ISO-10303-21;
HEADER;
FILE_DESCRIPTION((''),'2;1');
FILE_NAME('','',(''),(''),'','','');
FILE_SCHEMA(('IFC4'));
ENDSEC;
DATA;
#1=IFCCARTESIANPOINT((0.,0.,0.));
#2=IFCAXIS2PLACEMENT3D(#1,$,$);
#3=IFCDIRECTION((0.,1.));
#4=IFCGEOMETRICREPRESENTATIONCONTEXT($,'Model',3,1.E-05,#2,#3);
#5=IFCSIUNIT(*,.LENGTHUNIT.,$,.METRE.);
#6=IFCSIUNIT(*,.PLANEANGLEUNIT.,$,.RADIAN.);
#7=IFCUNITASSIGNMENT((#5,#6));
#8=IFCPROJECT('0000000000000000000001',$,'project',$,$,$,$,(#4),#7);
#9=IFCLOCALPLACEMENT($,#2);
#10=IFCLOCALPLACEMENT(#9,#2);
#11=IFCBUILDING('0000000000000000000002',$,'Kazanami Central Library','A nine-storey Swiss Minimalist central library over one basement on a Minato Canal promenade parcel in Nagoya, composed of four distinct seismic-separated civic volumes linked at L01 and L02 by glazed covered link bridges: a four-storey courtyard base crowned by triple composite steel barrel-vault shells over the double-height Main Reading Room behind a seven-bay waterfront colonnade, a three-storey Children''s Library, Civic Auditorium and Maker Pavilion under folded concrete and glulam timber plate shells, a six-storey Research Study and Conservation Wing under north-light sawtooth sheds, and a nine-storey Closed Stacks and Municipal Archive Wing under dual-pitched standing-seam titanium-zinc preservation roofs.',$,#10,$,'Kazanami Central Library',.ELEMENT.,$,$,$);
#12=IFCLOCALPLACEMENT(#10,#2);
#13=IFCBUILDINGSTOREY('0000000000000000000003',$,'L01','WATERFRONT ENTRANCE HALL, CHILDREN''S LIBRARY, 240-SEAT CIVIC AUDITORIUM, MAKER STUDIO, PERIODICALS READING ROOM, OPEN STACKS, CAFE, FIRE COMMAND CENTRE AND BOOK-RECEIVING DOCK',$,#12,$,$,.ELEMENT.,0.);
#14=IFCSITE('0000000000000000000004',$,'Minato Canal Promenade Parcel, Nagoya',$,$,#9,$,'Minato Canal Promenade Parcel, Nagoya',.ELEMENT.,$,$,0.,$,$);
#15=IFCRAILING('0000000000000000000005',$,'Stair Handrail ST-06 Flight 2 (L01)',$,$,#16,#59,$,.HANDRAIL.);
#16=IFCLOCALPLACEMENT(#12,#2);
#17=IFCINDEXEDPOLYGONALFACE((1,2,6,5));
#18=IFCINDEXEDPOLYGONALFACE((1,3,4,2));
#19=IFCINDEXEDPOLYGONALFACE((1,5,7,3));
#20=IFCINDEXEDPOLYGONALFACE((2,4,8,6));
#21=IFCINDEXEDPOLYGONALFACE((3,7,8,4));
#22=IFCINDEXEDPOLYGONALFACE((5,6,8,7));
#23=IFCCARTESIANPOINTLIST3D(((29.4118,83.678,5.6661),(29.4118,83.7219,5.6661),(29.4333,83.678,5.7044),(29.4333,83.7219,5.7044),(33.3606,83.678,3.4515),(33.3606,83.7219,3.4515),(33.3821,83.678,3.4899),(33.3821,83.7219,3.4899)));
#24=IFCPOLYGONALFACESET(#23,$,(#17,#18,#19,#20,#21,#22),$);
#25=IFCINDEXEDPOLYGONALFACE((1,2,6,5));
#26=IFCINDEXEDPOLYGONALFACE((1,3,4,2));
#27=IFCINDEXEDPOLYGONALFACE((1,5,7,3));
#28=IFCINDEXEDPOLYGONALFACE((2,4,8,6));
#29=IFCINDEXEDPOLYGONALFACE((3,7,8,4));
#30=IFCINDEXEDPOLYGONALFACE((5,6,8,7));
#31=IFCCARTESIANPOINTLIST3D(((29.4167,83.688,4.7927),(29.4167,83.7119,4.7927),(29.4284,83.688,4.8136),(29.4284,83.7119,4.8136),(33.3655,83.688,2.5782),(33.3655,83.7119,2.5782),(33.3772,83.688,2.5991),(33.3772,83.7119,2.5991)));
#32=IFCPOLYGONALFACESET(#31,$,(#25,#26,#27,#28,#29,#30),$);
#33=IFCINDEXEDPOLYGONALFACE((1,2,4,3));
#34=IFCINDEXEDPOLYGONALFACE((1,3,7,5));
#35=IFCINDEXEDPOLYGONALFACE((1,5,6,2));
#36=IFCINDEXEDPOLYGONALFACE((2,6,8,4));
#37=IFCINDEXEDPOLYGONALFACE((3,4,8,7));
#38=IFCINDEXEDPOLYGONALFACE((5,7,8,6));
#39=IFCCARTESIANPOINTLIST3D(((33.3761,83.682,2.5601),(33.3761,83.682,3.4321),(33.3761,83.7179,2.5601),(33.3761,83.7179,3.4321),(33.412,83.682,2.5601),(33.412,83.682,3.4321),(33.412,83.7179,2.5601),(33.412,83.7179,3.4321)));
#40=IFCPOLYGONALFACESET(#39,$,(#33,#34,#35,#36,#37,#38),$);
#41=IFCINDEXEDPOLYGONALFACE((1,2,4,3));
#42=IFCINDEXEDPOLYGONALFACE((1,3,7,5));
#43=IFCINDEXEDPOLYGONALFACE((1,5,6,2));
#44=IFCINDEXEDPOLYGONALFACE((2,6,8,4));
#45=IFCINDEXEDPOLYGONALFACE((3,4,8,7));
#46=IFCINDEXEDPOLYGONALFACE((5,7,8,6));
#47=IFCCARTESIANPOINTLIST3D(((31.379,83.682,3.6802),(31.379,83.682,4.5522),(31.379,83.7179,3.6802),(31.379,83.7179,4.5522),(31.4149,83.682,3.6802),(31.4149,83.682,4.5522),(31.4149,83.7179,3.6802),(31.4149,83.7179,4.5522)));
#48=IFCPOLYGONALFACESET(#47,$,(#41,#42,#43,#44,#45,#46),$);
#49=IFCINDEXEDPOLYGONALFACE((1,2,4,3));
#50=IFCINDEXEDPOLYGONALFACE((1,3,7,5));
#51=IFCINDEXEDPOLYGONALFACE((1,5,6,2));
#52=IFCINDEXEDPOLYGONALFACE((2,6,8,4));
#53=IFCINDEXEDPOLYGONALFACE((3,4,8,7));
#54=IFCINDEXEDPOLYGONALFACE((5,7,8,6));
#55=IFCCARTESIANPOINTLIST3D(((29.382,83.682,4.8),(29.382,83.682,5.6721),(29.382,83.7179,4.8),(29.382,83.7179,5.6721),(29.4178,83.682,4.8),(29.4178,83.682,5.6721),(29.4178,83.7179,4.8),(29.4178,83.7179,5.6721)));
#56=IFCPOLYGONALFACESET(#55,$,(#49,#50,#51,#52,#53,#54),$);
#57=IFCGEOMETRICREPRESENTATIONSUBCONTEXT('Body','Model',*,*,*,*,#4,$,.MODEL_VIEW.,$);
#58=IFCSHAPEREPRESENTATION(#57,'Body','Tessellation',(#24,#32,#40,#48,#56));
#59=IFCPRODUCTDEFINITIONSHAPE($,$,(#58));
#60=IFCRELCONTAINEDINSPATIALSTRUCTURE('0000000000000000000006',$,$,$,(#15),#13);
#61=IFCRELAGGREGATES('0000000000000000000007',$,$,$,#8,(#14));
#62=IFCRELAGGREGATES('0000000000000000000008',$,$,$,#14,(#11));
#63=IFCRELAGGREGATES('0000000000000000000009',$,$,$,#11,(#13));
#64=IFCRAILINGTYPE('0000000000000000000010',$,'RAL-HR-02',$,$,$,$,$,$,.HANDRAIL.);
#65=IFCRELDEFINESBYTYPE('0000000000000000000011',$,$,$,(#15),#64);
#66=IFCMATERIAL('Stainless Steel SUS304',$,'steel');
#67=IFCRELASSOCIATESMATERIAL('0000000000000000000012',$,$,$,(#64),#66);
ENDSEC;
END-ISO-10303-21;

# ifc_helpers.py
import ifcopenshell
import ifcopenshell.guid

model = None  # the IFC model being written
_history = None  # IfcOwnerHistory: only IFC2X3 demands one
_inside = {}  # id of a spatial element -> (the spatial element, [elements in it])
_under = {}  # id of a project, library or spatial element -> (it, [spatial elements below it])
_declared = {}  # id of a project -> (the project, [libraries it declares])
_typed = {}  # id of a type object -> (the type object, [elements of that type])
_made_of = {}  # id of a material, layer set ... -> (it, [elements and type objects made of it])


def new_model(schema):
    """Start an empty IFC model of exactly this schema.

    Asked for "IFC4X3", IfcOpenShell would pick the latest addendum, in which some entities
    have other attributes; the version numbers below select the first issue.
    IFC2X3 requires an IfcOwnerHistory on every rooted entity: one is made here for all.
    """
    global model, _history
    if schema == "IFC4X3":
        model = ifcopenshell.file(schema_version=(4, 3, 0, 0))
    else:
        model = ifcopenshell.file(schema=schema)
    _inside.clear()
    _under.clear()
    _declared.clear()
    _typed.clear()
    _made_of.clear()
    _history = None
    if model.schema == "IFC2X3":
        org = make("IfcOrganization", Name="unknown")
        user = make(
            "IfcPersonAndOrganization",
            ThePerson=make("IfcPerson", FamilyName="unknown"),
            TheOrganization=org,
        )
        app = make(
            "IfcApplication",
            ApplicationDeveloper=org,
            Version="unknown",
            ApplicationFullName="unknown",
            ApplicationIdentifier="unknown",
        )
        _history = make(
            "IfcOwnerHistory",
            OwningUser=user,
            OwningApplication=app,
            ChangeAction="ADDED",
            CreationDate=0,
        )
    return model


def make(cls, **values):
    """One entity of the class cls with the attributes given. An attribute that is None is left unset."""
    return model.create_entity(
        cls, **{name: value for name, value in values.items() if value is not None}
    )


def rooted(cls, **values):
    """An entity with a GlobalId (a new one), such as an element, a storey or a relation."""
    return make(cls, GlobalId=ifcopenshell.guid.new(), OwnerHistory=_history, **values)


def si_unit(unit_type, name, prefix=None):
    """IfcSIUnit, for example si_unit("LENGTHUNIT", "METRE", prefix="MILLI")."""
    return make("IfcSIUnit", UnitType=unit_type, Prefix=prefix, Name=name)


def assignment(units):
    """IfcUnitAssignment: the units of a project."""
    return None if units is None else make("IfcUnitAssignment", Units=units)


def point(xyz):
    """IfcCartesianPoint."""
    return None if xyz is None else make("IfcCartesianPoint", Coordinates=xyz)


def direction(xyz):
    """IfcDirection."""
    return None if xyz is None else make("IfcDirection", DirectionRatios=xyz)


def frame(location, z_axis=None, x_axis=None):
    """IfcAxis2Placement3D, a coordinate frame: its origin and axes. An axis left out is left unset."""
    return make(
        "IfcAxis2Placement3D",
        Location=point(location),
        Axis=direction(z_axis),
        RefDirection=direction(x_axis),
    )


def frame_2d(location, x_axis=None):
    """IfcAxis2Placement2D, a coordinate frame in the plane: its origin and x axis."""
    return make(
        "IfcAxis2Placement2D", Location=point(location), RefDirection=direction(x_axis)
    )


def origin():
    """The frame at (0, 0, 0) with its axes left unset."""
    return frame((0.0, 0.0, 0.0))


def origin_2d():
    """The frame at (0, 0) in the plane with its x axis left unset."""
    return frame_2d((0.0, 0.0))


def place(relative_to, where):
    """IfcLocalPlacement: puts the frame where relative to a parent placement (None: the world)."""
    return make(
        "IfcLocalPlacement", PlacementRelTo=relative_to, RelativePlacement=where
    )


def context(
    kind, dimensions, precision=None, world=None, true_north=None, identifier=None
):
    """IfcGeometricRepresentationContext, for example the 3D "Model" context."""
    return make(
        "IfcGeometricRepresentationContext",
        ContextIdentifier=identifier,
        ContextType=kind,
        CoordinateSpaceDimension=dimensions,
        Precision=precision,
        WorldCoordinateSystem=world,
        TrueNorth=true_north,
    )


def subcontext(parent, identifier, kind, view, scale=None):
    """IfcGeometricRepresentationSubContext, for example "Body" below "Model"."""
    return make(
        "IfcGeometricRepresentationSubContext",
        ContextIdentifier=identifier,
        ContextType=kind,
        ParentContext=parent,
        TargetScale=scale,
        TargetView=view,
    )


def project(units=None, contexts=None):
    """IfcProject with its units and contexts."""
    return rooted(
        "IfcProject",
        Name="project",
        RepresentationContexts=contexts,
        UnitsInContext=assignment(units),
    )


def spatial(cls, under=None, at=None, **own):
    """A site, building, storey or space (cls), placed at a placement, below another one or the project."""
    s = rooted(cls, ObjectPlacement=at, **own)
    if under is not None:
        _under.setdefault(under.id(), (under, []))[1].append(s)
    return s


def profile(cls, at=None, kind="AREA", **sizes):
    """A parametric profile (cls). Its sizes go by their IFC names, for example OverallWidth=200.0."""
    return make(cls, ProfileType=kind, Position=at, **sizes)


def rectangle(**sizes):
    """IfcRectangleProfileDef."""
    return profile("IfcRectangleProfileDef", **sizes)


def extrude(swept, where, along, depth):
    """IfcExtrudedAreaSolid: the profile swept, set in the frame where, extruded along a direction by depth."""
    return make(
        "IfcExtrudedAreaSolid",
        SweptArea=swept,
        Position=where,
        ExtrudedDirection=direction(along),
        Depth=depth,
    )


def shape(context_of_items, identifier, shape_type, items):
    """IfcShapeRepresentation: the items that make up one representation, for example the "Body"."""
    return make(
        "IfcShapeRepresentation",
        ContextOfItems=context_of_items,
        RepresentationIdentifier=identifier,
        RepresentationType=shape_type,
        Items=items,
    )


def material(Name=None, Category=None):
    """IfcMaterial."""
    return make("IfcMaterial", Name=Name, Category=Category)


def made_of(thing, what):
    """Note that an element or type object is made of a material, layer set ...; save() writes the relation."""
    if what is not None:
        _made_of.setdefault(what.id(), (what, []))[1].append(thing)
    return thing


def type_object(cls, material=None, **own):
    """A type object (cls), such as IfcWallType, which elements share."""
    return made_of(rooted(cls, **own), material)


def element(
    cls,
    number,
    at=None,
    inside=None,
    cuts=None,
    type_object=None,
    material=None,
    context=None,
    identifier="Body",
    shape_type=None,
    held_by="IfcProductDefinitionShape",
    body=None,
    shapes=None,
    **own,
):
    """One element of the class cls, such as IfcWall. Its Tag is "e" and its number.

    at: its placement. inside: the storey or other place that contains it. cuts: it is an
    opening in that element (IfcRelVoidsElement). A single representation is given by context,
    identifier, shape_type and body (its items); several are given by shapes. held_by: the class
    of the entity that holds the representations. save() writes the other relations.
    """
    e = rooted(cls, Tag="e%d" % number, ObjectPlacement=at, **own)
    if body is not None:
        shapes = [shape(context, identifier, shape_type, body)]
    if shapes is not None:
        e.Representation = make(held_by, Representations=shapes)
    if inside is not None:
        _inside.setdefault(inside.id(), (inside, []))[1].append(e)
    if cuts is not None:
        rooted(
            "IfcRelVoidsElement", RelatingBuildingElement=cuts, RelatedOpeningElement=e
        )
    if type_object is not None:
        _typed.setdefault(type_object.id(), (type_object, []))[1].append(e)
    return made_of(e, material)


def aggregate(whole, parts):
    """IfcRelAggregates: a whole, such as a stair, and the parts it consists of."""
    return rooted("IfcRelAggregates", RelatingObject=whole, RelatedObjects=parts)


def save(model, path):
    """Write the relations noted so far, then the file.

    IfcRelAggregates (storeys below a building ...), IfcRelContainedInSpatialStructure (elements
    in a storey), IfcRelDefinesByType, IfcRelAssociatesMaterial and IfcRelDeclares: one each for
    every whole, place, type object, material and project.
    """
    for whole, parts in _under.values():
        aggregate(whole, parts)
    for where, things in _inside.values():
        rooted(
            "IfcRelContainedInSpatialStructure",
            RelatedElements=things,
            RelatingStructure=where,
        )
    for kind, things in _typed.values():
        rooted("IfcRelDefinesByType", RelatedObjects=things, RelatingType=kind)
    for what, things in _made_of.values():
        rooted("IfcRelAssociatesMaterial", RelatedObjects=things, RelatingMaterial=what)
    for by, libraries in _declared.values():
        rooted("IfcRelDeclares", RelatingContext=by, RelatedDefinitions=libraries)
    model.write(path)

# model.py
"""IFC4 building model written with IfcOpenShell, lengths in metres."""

from ifc_helpers import new_model, si_unit, direction, frame, origin, origin_2d, place, context, subcontext, project, spatial, rectangle, extrude, material, type_object, element, save


model = new_model("IFC4")

# Units and contexts
model_context = context("Model", 3, precision=1e-05, world=origin(), true_north=direction((0.0, 1.0)))
body_context = subcontext(model_context, "Body", "Model", "MODEL_VIEW")
ifc_project = project(units=[si_unit("LENGTHUNIT", "METRE"), si_unit("PLANEANGLEUNIT", "RADIAN")], contexts=[model_context])

# Site, building, storey
site_placement = place(None, origin())
site = spatial("IfcSite", under=ifc_project, at=site_placement, Name="Minato Canal Promenade Parcel, Nagoya", LongName="Minato Canal Promenade Parcel, Nagoya", CompositionType="ELEMENT", RefElevation=0.0)
building_placement = place(site_placement, origin())
building = spatial("IfcBuilding", under=site, at=building_placement, Name="Kazanami Central Library", Description="A nine-storey Swiss Minimalist central library over one basement on a Minato Canal promenade parcel in Nagoya, composed of four distinct seismic-separated civic volumes linked at L01 and L02 by glazed covered link bridges: a four-storey courtyard base crowned by triple composite steel barrel-vault shells over the double-height Main Reading Room behind a seven-bay waterfront colonnade, a three-storey Children's Library, Civic Auditorium and Maker Pavilion under folded concrete and glulam timber plate shells, a six-storey Research Study and Conservation Wing under north-light sawtooth sheds, and a nine-storey Closed Stacks and Municipal Archive Wing under dual-pitched standing-seam titanium-zinc preservation roofs.", LongName="Kazanami Central Library", CompositionType="ELEMENT")
storey_placement = place(building_placement, origin())
storey = spatial("IfcBuildingStorey", under=building, at=storey_placement, Name="L01", Description="WATERFRONT ENTRANCE HALL, CHILDREN'S LIBRARY, 240-SEAT CIVIC AUDITORIUM, MAKER STUDIO, PERIODICALS READING ROOM, OPEN STACKS, CAFE, FIRE COMMAND CENTRE AND BOOK-RECEIVING DOCK", CompositionType="ELEMENT", Elevation=0.0)

# Railing
ifc_material_1 = material(Name="Stainless Steel SUS304", Category="steel")
railing_type_1 = type_object("IfcRailingType", Name="RAL-HR-02", PredefinedType="HANDRAIL", material=ifc_material_1)
railing_1_placement = place(storey_placement, frame((33.394, 83.7, 2.5601)))
element("IfcRailing", 1, at=railing_1_placement, inside=storey, type_object=railing_type_1, Name="Stair Handrail ST-06 Flight 2 (L01)", PredefinedType="HANDRAIL", context=body_context, shape_type="SweptSolid", body=[
    extrude(rectangle(XDim=0.0439, YDim=0.0439, at=origin_2d()), frame((-0.0227, 0.0, 0.9106), z_axis=(-0.872201, 0.0, 0.489147), x_axis=(0.0, -1.0, 0.0)), (0.0, 0.0, 1.0), 4.5273),
    extrude(rectangle(XDim=0.0239, YDim=0.0239, at=origin_2d()), frame((-0.0227, 0.0, 0.0286), z_axis=(-0.872201, 0.0, 0.489147), x_axis=(0.0, -1.0, 0.0)), (0.0, 0.0, 1.0), 4.5273),
    extrude(rectangle(XDim=0.0359, YDim=0.0359, at=origin_2d()), origin(), (0.0, 0.0, 1.0), 0.8721),
    extrude(rectangle(XDim=0.0359, YDim=0.0359, at=origin_2d()), frame((-1.9971, 0.0, 1.1201)), (0.0, 0.0, 1.0), 0.8721),
    extrude(rectangle(XDim=0.0359, YDim=0.0359, at=origin_2d()), frame((-3.9941, 0.0, 2.24)), (0.0, 0.0, 1.0), 0.8721),
])

save(model, "model.ifc")
